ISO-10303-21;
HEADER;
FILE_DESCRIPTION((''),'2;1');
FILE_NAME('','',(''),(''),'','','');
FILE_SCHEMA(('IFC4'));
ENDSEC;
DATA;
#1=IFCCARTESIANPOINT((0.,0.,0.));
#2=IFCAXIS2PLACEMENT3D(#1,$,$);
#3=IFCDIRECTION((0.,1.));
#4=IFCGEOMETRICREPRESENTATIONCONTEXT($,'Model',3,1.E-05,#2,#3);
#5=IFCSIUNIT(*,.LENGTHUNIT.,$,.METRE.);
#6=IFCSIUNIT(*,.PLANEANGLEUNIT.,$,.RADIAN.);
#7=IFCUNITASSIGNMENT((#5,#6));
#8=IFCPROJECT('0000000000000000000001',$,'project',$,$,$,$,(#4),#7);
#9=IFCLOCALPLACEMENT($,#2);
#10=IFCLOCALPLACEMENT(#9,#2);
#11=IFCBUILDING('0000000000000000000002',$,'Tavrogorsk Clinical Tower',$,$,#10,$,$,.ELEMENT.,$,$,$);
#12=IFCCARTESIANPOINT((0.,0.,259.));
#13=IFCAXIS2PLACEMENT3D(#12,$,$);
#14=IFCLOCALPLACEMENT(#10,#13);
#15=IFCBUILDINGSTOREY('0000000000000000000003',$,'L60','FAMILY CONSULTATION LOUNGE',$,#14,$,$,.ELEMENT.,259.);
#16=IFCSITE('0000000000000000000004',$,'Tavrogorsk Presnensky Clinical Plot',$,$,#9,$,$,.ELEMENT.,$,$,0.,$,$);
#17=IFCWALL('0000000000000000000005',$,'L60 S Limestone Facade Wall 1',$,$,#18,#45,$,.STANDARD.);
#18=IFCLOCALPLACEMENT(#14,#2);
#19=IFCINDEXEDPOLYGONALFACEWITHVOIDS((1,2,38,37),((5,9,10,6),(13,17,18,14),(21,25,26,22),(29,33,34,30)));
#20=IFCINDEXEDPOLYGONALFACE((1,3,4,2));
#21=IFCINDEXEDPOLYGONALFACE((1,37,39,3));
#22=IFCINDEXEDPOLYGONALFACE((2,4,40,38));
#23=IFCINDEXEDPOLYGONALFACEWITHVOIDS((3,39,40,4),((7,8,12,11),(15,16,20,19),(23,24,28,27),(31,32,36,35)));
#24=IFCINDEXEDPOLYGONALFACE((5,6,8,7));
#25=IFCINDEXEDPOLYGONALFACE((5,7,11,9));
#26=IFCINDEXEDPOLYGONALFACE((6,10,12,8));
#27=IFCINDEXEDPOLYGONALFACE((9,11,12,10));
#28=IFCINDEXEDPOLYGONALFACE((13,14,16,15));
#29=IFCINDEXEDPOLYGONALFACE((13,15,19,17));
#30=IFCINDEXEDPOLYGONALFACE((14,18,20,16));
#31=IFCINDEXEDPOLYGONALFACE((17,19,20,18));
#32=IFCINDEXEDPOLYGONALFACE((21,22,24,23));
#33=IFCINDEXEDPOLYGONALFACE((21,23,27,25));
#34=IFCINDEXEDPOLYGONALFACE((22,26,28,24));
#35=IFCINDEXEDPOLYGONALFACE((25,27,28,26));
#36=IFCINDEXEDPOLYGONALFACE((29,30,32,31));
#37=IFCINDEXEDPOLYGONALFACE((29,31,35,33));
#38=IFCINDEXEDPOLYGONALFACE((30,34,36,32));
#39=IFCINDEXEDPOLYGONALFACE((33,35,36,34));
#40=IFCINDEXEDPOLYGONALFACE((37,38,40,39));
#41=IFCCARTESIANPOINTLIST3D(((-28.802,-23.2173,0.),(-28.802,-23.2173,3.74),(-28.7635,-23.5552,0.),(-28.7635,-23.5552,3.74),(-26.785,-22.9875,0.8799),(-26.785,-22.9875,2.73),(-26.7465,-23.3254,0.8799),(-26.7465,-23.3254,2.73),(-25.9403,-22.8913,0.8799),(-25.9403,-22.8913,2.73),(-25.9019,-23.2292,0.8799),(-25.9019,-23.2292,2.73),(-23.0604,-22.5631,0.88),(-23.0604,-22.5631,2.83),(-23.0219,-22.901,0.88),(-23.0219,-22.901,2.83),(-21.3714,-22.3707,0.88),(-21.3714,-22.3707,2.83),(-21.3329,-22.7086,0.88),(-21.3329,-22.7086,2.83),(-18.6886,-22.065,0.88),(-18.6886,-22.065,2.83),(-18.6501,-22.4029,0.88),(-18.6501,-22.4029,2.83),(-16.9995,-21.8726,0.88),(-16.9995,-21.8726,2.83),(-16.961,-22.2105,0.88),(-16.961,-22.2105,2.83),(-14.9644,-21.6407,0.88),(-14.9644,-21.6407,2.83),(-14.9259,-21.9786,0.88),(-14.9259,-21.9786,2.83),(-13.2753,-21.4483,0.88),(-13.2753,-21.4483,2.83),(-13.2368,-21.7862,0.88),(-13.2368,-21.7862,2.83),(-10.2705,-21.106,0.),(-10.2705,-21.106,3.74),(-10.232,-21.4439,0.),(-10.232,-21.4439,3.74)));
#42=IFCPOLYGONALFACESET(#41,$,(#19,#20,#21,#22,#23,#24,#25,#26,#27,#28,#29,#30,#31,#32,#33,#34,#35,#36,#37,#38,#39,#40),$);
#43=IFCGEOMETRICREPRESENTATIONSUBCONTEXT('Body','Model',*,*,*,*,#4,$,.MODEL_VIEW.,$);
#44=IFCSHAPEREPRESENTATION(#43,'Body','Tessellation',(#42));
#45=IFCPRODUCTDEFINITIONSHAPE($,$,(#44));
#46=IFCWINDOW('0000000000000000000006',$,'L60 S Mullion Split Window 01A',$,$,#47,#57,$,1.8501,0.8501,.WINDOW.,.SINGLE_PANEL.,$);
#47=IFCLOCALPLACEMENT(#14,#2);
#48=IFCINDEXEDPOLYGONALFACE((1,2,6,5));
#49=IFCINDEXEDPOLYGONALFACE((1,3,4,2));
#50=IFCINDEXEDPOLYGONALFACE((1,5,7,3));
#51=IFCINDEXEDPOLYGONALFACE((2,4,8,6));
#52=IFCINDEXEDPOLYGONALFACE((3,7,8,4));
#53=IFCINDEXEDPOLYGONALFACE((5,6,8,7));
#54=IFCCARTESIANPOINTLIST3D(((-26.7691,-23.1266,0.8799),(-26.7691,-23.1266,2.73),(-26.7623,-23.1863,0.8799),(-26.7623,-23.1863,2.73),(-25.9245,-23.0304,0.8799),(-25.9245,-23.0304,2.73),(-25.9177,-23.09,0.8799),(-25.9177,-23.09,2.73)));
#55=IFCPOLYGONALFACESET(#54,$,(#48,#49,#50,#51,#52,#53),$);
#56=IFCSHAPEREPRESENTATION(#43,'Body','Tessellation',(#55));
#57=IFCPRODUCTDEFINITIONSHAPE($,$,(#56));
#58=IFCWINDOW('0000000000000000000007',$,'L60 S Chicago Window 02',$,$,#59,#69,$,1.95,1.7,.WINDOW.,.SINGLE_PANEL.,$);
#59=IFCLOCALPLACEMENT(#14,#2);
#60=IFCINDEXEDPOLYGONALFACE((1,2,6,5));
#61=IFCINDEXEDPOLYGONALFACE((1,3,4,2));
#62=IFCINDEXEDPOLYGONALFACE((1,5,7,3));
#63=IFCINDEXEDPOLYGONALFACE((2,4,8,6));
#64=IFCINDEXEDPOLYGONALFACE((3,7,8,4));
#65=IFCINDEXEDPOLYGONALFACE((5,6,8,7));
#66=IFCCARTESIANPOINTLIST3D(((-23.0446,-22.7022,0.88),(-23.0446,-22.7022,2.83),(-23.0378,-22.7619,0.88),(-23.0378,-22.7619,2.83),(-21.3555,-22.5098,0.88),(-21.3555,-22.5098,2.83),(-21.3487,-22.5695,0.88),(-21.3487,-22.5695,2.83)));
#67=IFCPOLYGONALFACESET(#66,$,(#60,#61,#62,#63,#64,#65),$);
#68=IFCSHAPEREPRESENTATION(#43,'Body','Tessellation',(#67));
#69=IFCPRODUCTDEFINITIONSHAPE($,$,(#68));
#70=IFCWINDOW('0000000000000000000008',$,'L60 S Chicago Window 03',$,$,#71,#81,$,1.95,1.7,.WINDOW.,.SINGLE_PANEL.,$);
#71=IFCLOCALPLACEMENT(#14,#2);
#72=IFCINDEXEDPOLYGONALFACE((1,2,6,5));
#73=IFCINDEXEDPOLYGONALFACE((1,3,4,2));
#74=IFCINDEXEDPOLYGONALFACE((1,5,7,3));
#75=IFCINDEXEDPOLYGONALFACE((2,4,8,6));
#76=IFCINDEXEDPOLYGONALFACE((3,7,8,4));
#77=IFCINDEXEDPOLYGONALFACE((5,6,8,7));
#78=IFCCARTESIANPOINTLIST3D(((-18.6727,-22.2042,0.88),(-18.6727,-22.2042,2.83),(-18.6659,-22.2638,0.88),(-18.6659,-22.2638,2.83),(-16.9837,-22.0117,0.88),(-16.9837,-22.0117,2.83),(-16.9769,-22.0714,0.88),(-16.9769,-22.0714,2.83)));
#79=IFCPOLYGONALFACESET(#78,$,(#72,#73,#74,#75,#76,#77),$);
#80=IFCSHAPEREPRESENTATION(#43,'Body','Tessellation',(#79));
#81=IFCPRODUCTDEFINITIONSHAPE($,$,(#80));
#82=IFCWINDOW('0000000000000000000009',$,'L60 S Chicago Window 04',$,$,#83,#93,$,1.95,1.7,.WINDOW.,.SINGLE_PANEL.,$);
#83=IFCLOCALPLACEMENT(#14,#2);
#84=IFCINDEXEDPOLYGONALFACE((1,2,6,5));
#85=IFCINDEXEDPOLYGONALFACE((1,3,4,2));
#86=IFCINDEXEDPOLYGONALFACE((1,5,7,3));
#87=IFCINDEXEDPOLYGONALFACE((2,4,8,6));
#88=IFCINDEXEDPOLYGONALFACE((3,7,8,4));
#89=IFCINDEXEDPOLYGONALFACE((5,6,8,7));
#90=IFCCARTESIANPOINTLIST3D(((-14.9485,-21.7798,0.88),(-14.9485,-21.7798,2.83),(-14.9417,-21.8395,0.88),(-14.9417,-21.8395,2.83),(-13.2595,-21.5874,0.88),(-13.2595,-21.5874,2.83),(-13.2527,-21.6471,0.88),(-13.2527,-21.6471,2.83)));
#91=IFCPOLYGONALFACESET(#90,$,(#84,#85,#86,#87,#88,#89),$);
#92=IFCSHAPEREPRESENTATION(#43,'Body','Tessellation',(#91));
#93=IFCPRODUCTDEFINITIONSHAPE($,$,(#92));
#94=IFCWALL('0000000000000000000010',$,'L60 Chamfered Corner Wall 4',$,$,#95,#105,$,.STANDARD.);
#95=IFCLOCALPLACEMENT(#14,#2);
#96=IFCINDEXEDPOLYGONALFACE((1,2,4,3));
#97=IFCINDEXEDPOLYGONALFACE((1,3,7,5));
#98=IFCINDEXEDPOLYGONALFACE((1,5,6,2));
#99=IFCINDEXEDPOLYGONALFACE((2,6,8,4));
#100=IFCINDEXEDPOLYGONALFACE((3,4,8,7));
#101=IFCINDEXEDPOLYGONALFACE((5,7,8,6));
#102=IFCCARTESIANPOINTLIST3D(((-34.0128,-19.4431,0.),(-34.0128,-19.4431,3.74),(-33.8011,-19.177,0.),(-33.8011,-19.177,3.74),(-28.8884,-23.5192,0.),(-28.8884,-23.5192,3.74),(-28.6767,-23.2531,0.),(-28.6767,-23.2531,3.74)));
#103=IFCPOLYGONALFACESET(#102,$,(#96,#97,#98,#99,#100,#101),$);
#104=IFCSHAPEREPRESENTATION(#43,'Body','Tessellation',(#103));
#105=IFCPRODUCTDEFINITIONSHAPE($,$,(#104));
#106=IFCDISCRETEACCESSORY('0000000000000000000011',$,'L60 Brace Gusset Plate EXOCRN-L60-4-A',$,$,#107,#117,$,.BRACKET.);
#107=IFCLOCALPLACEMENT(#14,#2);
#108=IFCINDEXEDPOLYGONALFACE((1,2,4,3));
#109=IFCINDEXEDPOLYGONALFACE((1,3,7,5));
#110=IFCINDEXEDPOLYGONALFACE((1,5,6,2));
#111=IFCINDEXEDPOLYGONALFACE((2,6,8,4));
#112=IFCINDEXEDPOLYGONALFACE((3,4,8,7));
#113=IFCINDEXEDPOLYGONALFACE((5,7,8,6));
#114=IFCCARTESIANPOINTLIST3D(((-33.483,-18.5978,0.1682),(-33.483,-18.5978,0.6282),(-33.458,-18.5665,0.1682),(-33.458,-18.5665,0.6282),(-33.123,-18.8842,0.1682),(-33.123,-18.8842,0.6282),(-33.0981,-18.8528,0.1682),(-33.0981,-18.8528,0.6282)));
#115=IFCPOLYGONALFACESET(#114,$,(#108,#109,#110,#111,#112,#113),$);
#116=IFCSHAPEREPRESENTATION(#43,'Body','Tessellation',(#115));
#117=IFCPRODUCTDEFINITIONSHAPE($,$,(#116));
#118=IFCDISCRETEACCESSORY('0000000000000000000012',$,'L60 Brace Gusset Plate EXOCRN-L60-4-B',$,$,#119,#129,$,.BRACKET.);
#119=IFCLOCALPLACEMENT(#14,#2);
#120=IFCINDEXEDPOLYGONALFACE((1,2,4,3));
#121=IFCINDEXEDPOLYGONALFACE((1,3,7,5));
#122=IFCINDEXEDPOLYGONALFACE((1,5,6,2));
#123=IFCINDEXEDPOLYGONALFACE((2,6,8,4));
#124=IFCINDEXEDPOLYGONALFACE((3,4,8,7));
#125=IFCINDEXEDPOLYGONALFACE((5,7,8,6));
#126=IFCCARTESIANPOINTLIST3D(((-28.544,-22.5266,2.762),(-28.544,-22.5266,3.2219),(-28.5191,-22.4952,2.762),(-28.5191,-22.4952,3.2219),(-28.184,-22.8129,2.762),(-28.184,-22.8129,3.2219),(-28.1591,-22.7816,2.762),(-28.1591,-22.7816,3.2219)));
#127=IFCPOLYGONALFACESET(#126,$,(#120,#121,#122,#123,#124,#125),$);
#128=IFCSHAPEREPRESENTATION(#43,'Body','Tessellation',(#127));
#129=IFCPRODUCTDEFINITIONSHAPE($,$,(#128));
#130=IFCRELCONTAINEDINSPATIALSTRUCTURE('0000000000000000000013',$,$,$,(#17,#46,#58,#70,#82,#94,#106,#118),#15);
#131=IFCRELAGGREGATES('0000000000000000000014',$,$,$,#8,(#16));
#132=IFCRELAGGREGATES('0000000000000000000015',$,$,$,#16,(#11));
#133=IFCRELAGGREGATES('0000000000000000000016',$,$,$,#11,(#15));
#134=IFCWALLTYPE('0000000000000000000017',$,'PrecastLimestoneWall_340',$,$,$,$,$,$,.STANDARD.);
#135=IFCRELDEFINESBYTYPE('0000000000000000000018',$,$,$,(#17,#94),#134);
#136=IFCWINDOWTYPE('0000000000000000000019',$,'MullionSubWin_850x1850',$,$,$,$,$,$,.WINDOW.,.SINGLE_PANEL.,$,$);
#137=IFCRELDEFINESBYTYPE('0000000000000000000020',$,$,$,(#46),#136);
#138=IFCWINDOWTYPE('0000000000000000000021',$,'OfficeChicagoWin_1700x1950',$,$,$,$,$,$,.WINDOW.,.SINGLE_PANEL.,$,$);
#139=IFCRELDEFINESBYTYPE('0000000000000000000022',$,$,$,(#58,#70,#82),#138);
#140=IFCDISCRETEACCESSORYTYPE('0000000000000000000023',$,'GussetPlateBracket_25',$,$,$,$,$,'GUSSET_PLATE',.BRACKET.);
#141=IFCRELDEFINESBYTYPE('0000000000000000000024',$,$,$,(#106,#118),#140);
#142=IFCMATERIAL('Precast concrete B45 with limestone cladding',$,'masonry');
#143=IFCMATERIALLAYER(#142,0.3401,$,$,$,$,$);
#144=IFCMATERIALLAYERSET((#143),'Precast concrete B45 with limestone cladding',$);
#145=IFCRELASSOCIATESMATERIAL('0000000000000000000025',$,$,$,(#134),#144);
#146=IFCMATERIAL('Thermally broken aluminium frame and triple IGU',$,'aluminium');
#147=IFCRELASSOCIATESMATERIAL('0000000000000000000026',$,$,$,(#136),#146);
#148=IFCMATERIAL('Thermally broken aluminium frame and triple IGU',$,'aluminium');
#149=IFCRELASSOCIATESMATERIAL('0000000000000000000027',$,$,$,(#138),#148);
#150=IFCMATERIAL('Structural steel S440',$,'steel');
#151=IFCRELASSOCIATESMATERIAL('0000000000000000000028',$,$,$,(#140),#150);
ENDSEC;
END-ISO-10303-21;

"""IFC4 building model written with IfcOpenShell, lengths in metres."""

from ifc_helpers import new_model, si_unit, direction, frame, frame_2d, origin, origin_2d, place, context, subcontext, project, spatial, rectangle, extrude, material, layer, layer_set, type_object, element, fill, save


model = new_model("IFC4")

# Units and contexts
model_context = context("Model", 3, precision=1e-05, world=origin(), true_north=direction((0.0, 1.0)))
body_context = subcontext(model_context, "Body", "Model", "MODEL_VIEW")
ifc_project = project(units=[si_unit("LENGTHUNIT", "METRE"), si_unit("PLANEANGLEUNIT", "RADIAN")], contexts=[model_context])

# Site, building, storey
site_placement = place(None, origin())
site = spatial("IfcSite", under=ifc_project, at=site_placement, Name="Tavrogorsk Presnensky Clinical Plot", CompositionType="ELEMENT", RefElevation=0.0)
building_placement = place(site_placement, origin())
building = spatial("IfcBuilding", under=site, at=building_placement, Name="Tavrogorsk Clinical Tower", CompositionType="ELEMENT")
storey_placement = place(building_placement, frame((0.0, 0.0, 259.0)))
storey = spatial("IfcBuildingStorey", under=building, at=storey_placement, Name="L60", Description="FAMILY CONSULTATION LOUNGE", CompositionType="ELEMENT", Elevation=259.0)

# Wall, openings, windows
ifc_material_1 = material(Name="Precast concrete B45 with limestone cladding", Category="masonry")
ifc_layer_1 = layer(ifc_material_1, 0.3401)
ifc_layer_set_1 = layer_set([ifc_layer_1], Name="Precast concrete B45 with limestone cladding")
wall_type_1 = type_object("IfcWallType", Name="PrecastLimestoneWall_340", PredefinedType="STANDARD", material=ifc_layer_set_1)
wall_1_placement = place(storey_placement, frame((-28.7827, -23.3862, 0.0), z_axis=(0.0, 0.0, 1.0), x_axis=(0.993572, 0.1132, 0.0)))
wall_1 = element("IfcWall", 1, at=wall_1_placement, inside=storey, type_object=wall_type_1, Name="L60 S Limestone Facade Wall 1", PredefinedType="STANDARD", context=body_context, shape_type="SweptSolid", body=[
    extrude(rectangle(XDim=18.6514, YDim=0.3401, at=frame_2d((9.3257, 0.0))), origin(), (0.0, 0.0, 1.0), 3.74),
])
opening_1_placement = place(wall_1_placement, frame((2.03, 0.0, 0.8799)))
opening_1 = element("IfcOpeningElement", 2, at=opening_1_placement, cuts=wall_1, PredefinedType="OPENING", context=body_context, shape_type="SweptSolid", body=[
    extrude(rectangle(XDim=0.8501, YDim=1.8501, at=frame_2d((0.425, 0.925))), frame((0.0, 0.1799, 0.0), z_axis=(0.0, -1.0, 0.0), x_axis=(1.0, 0.0, 0.0)), (0.0, 0.0, 1.0), 0.3601),
])
opening_2_placement = place(wall_1_placement, frame((5.7786, 0.0, 0.8799)))
opening_2 = element("IfcOpeningElement", 3, at=opening_2_placement, cuts=wall_1, PredefinedType="OPENING", context=body_context, shape_type="SweptSolid", body=[
    extrude(rectangle(XDim=1.7, YDim=1.95, at=frame_2d((0.8501, 0.9751))), frame((0.0, 0.1799, 0.0), z_axis=(0.0, -1.0, 0.0), x_axis=(1.0, 0.0, 0.0)), (0.0, 0.0, 1.0), 0.3601),
])
opening_3_placement = place(wall_1_placement, frame((10.1787, 0.0, 0.8799)))
opening_3 = element("IfcOpeningElement", 4, at=opening_3_placement, cuts=wall_1, PredefinedType="OPENING", context=body_context, shape_type="SweptSolid", body=[
    extrude(rectangle(XDim=1.7, YDim=1.95, at=frame_2d((0.8501, 0.9751))), frame((0.0, 0.1799, 0.0), z_axis=(0.0, -1.0, 0.0), x_axis=(1.0, 0.0, 0.0)), (0.0, 0.0, 1.0), 0.3601),
])
opening_4_placement = place(wall_1_placement, frame((13.927, 0.0, 0.8799)))
opening_4 = element("IfcOpeningElement", 5, at=opening_4_placement, cuts=wall_1, PredefinedType="OPENING", context=body_context, shape_type="SweptSolid", body=[
    extrude(rectangle(XDim=1.7, YDim=1.95, at=frame_2d((0.8501, 0.9751))), frame((0.0, 0.1799, 0.0), z_axis=(0.0, -1.0, 0.0), x_axis=(1.0, 0.0, 0.0)), (0.0, 0.0, 1.0), 0.3601),
])
ifc_material_2 = material(Name="Thermally broken aluminium frame and triple IGU", Category="aluminium")
window_type_1 = type_object("IfcWindowType", Name="MullionSubWin_850x1850", PartitioningType="SINGLE_PANEL", PredefinedType="WINDOW", material=ifc_material_2)
window_1_placement = place(opening_1_placement, origin())
window_1 = element("IfcWindow", 6, at=window_1_placement, inside=storey, type_object=window_type_1, Name="L60 S Mullion Split Window 01A", OverallHeight=1.8501, OverallWidth=0.8501, PartitioningType="SINGLE_PANEL", PredefinedType="WINDOW", context=body_context, shape_type="SweptSolid", body=[
    extrude(rectangle(XDim=0.8501, YDim=1.8501, at=frame_2d((0.425, 0.925))), frame((0.0, 0.03, 0.0), z_axis=(0.0, -1.0, 0.0), x_axis=(1.0, 0.0, 0.0)), (0.0, 0.0, 1.0), 0.0601),
])
fill(opening_1, window_1)
ifc_material_3 = material(Name="Thermally broken aluminium frame and triple IGU", Category="aluminium")
window_type_2 = type_object("IfcWindowType", Name="OfficeChicagoWin_1700x1950", PartitioningType="SINGLE_PANEL", PredefinedType="WINDOW", material=ifc_material_3)
window_2_placement = place(opening_2_placement, origin())
window_2 = element("IfcWindow", 7, at=window_2_placement, inside=storey, type_object=window_type_2, Name="L60 S Chicago Window 02", OverallHeight=1.95, OverallWidth=1.7, PartitioningType="SINGLE_PANEL", PredefinedType="WINDOW", context=body_context, shape_type="SweptSolid", body=[
    extrude(rectangle(XDim=1.7, YDim=1.95, at=frame_2d((0.8501, 0.9751))), frame((0.0, 0.03, 0.0), z_axis=(0.0, -1.0, 0.0), x_axis=(1.0, 0.0, 0.0)), (0.0, 0.0, 1.0), 0.0601),
])
fill(opening_2, window_2)
window_3_placement = place(opening_3_placement, origin())
window_3 = element("IfcWindow", 8, at=window_3_placement, inside=storey, type_object=window_type_2, Name="L60 S Chicago Window 03", OverallHeight=1.95, OverallWidth=1.7, PartitioningType="SINGLE_PANEL", PredefinedType="WINDOW", context=body_context, shape_type="SweptSolid", body=[
    extrude(rectangle(XDim=1.7, YDim=1.95, at=frame_2d((0.8501, 0.9751))), frame((0.0, 0.03, 0.0), z_axis=(0.0, -1.0, 0.0), x_axis=(1.0, 0.0, 0.0)), (0.0, 0.0, 1.0), 0.0601),
])
fill(opening_3, window_3)
window_4_placement = place(opening_4_placement, origin())
window_4 = element("IfcWindow", 9, at=window_4_placement, inside=storey, type_object=window_type_2, Name="L60 S Chicago Window 04", OverallHeight=1.95, OverallWidth=1.7, PartitioningType="SINGLE_PANEL", PredefinedType="WINDOW", context=body_context, shape_type="SweptSolid", body=[
    extrude(rectangle(XDim=1.7, YDim=1.95, at=frame_2d((0.8501, 0.9751))), frame((0.0, 0.03, 0.0), z_axis=(0.0, -1.0, 0.0), x_axis=(1.0, 0.0, 0.0)), (0.0, 0.0, 1.0), 0.0601),
])
fill(opening_4, window_4)

# Wall
wall_2_placement = place(storey_placement, frame((-33.907, -19.3101, 0.0), z_axis=(0.0, 0.0, 1.0), x_axis=(0.782612, -0.62251, 0.0)))
element("IfcWall", 10, at=wall_2_placement, inside=storey, type_object=wall_type_1, Name="L60 Chamfered Corner Wall 4", PredefinedType="STANDARD", context=body_context, shape_type="SweptSolid", body=[
    extrude(rectangle(XDim=6.5479, YDim=0.3401, at=frame_2d((3.2739, 0.0))), origin(), (0.0, 0.0, 1.0), 3.74),
])

# Discrete accessories
ifc_material_4 = material(Name="Structural steel S440", Category="steel")
discrete_accessory_type = type_object("IfcDiscreteAccessoryType", Name="GussetPlateBracket_25", ElementType="GUSSET_PLATE", PredefinedType="BRACKET", material=ifc_material_4)
for number, where, z_axis, x_axis, name in (
    (11, (-33.2905, -18.7253, 0.1682), (0.0, 0.0, 1.0), (0.782608, -0.622515, 0.0), "L60 Brace Gusset Plate EXOCRN-L60-4-A"),
    (12, (-28.3516, -22.6541, 2.762), (0.0, 0.0, 1.0), (0.782608, -0.622515, 0.0), "L60 Brace Gusset Plate EXOCRN-L60-4-B"),
):
    element("IfcDiscreteAccessory", number, at=place(storey_placement, frame(where, z_axis=z_axis, x_axis=x_axis)), inside=storey, type_object=discrete_accessory_type, Name=name, PredefinedType="BRACKET", context=body_context, shape_type="SweptSolid", body=[
        extrude(rectangle(XDim=0.46, YDim=0.04, at=origin_2d()), origin(), (0.0, 0.0, 1.0), 0.46),
    ])

save(model, "model.ifc")
